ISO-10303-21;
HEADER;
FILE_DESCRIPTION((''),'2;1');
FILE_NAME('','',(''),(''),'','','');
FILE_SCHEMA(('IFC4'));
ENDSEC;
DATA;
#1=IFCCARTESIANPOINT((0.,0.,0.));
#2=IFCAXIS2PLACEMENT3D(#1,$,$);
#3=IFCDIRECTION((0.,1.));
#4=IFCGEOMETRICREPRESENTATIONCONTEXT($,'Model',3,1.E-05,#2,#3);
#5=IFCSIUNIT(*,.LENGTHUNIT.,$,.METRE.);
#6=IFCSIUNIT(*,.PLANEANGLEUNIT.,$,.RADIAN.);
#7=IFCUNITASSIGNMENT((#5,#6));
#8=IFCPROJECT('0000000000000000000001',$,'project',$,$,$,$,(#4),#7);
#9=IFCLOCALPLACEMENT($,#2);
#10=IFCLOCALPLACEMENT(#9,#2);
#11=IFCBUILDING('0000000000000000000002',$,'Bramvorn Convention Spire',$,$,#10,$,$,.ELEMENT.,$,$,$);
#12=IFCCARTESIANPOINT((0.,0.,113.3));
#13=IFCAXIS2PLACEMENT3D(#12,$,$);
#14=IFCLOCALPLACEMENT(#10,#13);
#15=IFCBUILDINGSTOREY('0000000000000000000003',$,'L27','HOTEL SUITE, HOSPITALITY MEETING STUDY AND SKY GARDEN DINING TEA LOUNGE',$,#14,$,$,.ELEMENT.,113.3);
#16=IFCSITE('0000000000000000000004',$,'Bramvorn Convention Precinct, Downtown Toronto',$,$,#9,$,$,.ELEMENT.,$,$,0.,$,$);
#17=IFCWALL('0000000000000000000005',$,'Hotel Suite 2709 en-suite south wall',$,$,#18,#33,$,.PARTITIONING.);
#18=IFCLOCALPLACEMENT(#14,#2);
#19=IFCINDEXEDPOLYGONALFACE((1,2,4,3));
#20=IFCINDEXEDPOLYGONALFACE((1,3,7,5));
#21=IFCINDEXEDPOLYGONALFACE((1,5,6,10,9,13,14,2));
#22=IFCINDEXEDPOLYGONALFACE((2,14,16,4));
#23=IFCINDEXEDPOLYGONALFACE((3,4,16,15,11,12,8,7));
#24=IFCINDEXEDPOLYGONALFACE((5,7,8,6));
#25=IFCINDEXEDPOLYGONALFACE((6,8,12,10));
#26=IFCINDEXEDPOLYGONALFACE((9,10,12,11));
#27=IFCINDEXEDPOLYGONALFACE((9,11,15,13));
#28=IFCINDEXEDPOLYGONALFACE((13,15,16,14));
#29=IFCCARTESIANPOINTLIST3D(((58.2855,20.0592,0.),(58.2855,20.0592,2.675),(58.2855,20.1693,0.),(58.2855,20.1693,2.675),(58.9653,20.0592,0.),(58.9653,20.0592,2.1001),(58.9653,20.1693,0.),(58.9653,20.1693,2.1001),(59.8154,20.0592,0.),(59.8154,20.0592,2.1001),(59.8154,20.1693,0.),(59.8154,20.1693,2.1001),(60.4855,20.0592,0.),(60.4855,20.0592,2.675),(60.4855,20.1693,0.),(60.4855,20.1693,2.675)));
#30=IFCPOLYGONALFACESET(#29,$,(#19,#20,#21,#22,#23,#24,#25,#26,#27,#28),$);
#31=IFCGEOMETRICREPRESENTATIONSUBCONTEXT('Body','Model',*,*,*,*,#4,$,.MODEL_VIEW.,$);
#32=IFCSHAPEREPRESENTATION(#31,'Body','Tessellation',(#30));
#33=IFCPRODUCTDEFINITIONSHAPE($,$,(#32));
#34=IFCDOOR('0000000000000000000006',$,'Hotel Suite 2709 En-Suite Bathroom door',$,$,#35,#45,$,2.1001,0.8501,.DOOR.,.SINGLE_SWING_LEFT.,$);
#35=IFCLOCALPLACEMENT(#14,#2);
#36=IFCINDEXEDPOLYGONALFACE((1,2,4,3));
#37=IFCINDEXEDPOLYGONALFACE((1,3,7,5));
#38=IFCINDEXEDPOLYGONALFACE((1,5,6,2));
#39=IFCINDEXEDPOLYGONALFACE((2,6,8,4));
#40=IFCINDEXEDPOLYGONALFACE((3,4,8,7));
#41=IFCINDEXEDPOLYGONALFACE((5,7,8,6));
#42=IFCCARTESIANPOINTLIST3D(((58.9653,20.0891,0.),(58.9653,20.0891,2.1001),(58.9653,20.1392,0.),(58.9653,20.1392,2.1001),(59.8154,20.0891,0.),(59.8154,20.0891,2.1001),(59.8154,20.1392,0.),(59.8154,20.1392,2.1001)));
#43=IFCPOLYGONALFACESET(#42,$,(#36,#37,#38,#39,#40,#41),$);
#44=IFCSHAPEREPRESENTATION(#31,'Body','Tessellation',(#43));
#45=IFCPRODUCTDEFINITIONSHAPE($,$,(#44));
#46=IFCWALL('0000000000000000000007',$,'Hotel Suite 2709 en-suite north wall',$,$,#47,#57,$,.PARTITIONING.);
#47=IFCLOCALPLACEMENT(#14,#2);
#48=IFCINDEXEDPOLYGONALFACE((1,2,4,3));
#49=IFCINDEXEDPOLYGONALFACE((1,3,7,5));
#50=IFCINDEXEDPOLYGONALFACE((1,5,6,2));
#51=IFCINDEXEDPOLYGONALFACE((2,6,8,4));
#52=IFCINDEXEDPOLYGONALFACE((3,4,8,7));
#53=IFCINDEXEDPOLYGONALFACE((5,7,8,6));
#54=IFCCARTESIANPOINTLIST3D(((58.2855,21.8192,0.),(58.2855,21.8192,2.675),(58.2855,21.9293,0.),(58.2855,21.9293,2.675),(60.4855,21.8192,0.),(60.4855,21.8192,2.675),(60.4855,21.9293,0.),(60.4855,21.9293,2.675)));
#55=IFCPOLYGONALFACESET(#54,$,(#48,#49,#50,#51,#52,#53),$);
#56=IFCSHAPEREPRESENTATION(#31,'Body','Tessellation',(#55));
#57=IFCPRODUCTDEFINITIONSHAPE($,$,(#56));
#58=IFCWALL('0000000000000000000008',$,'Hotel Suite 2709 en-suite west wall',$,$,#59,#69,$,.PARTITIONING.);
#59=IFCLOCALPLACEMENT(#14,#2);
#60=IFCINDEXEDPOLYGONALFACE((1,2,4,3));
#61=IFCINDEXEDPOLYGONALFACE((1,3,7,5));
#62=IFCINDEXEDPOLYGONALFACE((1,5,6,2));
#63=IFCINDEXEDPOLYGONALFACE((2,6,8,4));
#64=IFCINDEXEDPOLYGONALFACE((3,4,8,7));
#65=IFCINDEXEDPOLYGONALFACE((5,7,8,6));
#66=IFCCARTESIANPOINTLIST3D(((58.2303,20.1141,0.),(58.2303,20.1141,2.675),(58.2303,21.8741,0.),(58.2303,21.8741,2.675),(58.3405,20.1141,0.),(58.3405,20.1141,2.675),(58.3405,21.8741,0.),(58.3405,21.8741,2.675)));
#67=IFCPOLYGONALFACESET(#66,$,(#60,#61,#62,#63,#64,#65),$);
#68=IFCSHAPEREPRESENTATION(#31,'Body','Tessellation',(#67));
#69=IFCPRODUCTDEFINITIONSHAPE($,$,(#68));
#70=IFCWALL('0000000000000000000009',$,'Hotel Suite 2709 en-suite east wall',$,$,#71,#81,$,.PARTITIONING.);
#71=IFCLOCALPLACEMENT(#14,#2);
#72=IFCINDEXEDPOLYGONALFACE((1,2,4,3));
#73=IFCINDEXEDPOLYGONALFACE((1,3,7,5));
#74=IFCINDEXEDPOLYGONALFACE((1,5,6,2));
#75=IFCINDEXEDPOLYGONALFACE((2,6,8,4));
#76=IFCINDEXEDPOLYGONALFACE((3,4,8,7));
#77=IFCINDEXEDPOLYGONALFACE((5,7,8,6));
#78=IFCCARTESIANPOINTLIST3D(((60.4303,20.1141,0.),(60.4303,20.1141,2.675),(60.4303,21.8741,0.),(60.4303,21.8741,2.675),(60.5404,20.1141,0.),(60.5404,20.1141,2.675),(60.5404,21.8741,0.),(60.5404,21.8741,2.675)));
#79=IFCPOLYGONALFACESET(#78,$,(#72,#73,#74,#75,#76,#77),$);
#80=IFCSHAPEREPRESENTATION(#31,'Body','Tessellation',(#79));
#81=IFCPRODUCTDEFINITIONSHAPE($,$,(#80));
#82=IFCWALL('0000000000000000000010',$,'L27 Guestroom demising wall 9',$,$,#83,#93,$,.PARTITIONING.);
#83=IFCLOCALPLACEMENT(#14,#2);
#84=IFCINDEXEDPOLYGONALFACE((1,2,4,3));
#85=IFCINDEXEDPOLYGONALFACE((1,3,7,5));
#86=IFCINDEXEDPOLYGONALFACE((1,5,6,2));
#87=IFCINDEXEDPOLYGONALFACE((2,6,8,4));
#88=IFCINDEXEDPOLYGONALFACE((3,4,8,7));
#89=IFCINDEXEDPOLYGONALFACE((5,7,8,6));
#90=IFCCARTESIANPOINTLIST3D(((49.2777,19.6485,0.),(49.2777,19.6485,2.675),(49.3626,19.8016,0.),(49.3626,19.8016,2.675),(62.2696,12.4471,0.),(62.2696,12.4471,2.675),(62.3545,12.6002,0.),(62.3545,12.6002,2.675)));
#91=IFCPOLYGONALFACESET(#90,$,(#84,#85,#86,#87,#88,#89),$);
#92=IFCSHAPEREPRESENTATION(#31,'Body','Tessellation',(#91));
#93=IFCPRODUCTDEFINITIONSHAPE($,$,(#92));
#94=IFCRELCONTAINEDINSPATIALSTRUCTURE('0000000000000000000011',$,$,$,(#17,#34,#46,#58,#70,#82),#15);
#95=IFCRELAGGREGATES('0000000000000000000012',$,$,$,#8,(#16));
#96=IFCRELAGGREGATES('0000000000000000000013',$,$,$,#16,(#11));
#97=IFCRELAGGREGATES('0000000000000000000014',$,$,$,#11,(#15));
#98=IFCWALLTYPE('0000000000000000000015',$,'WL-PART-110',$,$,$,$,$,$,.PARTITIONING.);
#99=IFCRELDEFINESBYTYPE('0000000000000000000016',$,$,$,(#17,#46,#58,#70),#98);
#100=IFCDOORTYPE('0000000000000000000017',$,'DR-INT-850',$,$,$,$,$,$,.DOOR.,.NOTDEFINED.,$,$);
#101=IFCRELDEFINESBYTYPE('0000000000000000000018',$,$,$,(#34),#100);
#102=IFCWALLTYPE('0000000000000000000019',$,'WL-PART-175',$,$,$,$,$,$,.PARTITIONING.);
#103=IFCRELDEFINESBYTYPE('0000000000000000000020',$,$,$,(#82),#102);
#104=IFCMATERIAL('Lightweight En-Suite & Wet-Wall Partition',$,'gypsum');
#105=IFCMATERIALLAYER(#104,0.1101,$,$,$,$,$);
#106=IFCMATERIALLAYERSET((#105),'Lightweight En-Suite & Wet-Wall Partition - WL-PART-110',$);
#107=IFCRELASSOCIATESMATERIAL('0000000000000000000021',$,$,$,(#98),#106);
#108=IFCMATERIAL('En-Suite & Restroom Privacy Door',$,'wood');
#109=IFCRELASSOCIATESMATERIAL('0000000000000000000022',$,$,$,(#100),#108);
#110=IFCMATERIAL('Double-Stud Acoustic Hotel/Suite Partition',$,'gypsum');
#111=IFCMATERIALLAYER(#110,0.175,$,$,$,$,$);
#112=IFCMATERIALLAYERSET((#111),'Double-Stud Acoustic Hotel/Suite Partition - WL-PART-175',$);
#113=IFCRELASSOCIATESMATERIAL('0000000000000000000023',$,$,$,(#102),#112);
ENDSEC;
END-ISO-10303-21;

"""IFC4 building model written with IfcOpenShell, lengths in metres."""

from ifc_helpers import new_model, si_unit, direction, frame, frame_2d, origin, place, context, subcontext, project, spatial, rectangle, extrude, material, layer, layer_set, type_object, element, fill, save


model = new_model("IFC4")

# Units and contexts
model_context = context("Model", 3, precision=1e-05, world=origin(), true_north=direction((0.0, 1.0)))
body_context = subcontext(model_context, "Body", "Model", "MODEL_VIEW")
ifc_project = project(units=[si_unit("LENGTHUNIT", "METRE"), si_unit("PLANEANGLEUNIT", "RADIAN")], contexts=[model_context])

# Site, building, storey
site_placement = place(None, origin())
site = spatial("IfcSite", under=ifc_project, at=site_placement, Name="Bramvorn Convention Precinct, Downtown Toronto", CompositionType="ELEMENT", RefElevation=0.0)
building_placement = place(site_placement, origin())
building = spatial("IfcBuilding", under=site, at=building_placement, Name="Bramvorn Convention Spire", CompositionType="ELEMENT")
storey_placement = place(building_placement, frame((0.0, 0.0, 113.3)))
storey = spatial("IfcBuildingStorey", under=building, at=storey_placement, Name="L27", Description="HOTEL SUITE, HOSPITALITY MEETING STUDY AND SKY GARDEN DINING TEA LOUNGE", CompositionType="ELEMENT", Elevation=113.3)

# Wall, opening, door
ifc_material_1 = material(Name="Lightweight En-Suite & Wet-Wall Partition", Category="gypsum")
ifc_layer_1 = layer(ifc_material_1, 0.1101)
ifc_layer_set_1 = layer_set([ifc_layer_1], Name="Lightweight En-Suite & Wet-Wall Partition - WL-PART-110")
wall_type_1 = type_object("IfcWallType", Name="WL-PART-110", PredefinedType="PARTITIONING", material=ifc_layer_set_1)
wall_1_placement = place(storey_placement, frame((58.2854, 20.1143, 0.0), z_axis=(0.0, 0.0, 1.0), x_axis=(1.0, 0.0, 0.0)))
wall_1 = element("IfcWall", 1, at=wall_1_placement, inside=storey, type_object=wall_type_1, Name="Hotel Suite 2709 en-suite south wall", PredefinedType="PARTITIONING", context=body_context, shape_type="SweptSolid", body=[
    extrude(rectangle(XDim=2.2, YDim=0.1101, at=frame_2d((1.1001, 0.0))), origin(), (0.0, 0.0, 1.0), 2.675),
])
opening_placement = place(wall_1_placement, frame((0.6799, 0.0, 0.0)))
opening = element("IfcOpeningElement", 2, at=opening_placement, cuts=wall_1, PredefinedType="OPENING", context=body_context, shape_type="SweptSolid", body=[
    extrude(rectangle(XDim=0.8501, YDim=2.1001, at=frame_2d((0.425, 1.05))), frame((0.0, 0.0649, 0.0), z_axis=(0.0, -1.0, 0.0), x_axis=(1.0, 0.0, 0.0)), (0.0, 0.0, 1.0), 0.1301),
])
ifc_material_2 = material(Name="En-Suite & Restroom Privacy Door", Category="wood")
door_type = type_object("IfcDoorType", Name="DR-INT-850", OperationType="NOTDEFINED", PredefinedType="DOOR", material=ifc_material_2)
door_placement = place(opening_placement, origin())
door = element("IfcDoor", 3, at=door_placement, inside=storey, type_object=door_type, Name="Hotel Suite 2709 En-Suite Bathroom door", OperationType="SINGLE_SWING_LEFT", OverallHeight=2.1001, OverallWidth=0.8501, PredefinedType="DOOR", context=body_context, shape_type="SweptSolid", body=[
    extrude(rectangle(XDim=0.8501, YDim=2.1001, at=frame_2d((0.425, 1.05))), frame((0.0, 0.0249, 0.0), z_axis=(0.0, -1.0, 0.0), x_axis=(1.0, 0.0, 0.0)), (0.0, 0.0, 1.0), 0.05),
])
fill(opening, door)

# Walls
wall_2_placement = place(storey_placement, frame((58.2854, 21.8743, 0.0), z_axis=(0.0, 0.0, 1.0), x_axis=(1.0, 0.0, 0.0)))
element("IfcWall", 4, at=wall_2_placement, inside=storey, type_object=wall_type_1, Name="Hotel Suite 2709 en-suite north wall", PredefinedType="PARTITIONING", context=body_context, shape_type="SweptSolid", body=[
    extrude(rectangle(XDim=2.2, YDim=0.1101, at=frame_2d((1.1001, 0.0))), origin(), (0.0, 0.0, 1.0), 2.675),
])
for number, where, z_axis, x_axis, name in (
    (5, (58.2854, 20.1143, 0.0), (0.0, 0.0, 1.0), (0.0, 1.0, 0.0), "Hotel Suite 2709 en-suite west wall"),
    (6, (60.4854, 20.1143, 0.0), (0.0, 0.0, 1.0), (0.0, 1.0, 0.0), "Hotel Suite 2709 en-suite east wall"),
):
    element("IfcWall", number, at=place(storey_placement, frame(where, z_axis=z_axis, x_axis=x_axis)), inside=storey, type_object=wall_type_1, Name=name, PredefinedType="PARTITIONING", context=body_context, shape_type="SweptSolid", body=[
        extrude(rectangle(XDim=1.76, YDim=0.1101, at=frame_2d((0.8799, 0.0))), origin(), (0.0, 0.0, 1.0), 2.675),
    ])
ifc_material_3 = material(Name="Double-Stud Acoustic Hotel/Suite Partition", Category="gypsum")
ifc_layer_2 = layer(ifc_material_3, 0.175)
ifc_layer_set_2 = layer_set([ifc_layer_2], Name="Double-Stud Acoustic Hotel/Suite Partition - WL-PART-175")
wall_type_2 = type_object("IfcWallType", Name="WL-PART-175", PredefinedType="PARTITIONING", material=ifc_layer_set_2)
wall_3_placement = place(storey_placement, frame((49.3201, 19.7251, 0.0), z_axis=(0.0, 0.0, 1.0), x_axis=(0.874624, -0.484803, 0.0)))
element("IfcWall", 7, at=wall_3_placement, inside=storey, type_object=wall_type_2, Name="L27 Guestroom demising wall 9", PredefinedType="PARTITIONING", context=body_context, shape_type="SweptSolid", body=[
    extrude(rectangle(XDim=14.8542, YDim=0.175, at=frame_2d((7.4272, 0.0))), origin(), (0.0, 0.0, 1.0), 2.675),
])

save(model, "model.ifc")
